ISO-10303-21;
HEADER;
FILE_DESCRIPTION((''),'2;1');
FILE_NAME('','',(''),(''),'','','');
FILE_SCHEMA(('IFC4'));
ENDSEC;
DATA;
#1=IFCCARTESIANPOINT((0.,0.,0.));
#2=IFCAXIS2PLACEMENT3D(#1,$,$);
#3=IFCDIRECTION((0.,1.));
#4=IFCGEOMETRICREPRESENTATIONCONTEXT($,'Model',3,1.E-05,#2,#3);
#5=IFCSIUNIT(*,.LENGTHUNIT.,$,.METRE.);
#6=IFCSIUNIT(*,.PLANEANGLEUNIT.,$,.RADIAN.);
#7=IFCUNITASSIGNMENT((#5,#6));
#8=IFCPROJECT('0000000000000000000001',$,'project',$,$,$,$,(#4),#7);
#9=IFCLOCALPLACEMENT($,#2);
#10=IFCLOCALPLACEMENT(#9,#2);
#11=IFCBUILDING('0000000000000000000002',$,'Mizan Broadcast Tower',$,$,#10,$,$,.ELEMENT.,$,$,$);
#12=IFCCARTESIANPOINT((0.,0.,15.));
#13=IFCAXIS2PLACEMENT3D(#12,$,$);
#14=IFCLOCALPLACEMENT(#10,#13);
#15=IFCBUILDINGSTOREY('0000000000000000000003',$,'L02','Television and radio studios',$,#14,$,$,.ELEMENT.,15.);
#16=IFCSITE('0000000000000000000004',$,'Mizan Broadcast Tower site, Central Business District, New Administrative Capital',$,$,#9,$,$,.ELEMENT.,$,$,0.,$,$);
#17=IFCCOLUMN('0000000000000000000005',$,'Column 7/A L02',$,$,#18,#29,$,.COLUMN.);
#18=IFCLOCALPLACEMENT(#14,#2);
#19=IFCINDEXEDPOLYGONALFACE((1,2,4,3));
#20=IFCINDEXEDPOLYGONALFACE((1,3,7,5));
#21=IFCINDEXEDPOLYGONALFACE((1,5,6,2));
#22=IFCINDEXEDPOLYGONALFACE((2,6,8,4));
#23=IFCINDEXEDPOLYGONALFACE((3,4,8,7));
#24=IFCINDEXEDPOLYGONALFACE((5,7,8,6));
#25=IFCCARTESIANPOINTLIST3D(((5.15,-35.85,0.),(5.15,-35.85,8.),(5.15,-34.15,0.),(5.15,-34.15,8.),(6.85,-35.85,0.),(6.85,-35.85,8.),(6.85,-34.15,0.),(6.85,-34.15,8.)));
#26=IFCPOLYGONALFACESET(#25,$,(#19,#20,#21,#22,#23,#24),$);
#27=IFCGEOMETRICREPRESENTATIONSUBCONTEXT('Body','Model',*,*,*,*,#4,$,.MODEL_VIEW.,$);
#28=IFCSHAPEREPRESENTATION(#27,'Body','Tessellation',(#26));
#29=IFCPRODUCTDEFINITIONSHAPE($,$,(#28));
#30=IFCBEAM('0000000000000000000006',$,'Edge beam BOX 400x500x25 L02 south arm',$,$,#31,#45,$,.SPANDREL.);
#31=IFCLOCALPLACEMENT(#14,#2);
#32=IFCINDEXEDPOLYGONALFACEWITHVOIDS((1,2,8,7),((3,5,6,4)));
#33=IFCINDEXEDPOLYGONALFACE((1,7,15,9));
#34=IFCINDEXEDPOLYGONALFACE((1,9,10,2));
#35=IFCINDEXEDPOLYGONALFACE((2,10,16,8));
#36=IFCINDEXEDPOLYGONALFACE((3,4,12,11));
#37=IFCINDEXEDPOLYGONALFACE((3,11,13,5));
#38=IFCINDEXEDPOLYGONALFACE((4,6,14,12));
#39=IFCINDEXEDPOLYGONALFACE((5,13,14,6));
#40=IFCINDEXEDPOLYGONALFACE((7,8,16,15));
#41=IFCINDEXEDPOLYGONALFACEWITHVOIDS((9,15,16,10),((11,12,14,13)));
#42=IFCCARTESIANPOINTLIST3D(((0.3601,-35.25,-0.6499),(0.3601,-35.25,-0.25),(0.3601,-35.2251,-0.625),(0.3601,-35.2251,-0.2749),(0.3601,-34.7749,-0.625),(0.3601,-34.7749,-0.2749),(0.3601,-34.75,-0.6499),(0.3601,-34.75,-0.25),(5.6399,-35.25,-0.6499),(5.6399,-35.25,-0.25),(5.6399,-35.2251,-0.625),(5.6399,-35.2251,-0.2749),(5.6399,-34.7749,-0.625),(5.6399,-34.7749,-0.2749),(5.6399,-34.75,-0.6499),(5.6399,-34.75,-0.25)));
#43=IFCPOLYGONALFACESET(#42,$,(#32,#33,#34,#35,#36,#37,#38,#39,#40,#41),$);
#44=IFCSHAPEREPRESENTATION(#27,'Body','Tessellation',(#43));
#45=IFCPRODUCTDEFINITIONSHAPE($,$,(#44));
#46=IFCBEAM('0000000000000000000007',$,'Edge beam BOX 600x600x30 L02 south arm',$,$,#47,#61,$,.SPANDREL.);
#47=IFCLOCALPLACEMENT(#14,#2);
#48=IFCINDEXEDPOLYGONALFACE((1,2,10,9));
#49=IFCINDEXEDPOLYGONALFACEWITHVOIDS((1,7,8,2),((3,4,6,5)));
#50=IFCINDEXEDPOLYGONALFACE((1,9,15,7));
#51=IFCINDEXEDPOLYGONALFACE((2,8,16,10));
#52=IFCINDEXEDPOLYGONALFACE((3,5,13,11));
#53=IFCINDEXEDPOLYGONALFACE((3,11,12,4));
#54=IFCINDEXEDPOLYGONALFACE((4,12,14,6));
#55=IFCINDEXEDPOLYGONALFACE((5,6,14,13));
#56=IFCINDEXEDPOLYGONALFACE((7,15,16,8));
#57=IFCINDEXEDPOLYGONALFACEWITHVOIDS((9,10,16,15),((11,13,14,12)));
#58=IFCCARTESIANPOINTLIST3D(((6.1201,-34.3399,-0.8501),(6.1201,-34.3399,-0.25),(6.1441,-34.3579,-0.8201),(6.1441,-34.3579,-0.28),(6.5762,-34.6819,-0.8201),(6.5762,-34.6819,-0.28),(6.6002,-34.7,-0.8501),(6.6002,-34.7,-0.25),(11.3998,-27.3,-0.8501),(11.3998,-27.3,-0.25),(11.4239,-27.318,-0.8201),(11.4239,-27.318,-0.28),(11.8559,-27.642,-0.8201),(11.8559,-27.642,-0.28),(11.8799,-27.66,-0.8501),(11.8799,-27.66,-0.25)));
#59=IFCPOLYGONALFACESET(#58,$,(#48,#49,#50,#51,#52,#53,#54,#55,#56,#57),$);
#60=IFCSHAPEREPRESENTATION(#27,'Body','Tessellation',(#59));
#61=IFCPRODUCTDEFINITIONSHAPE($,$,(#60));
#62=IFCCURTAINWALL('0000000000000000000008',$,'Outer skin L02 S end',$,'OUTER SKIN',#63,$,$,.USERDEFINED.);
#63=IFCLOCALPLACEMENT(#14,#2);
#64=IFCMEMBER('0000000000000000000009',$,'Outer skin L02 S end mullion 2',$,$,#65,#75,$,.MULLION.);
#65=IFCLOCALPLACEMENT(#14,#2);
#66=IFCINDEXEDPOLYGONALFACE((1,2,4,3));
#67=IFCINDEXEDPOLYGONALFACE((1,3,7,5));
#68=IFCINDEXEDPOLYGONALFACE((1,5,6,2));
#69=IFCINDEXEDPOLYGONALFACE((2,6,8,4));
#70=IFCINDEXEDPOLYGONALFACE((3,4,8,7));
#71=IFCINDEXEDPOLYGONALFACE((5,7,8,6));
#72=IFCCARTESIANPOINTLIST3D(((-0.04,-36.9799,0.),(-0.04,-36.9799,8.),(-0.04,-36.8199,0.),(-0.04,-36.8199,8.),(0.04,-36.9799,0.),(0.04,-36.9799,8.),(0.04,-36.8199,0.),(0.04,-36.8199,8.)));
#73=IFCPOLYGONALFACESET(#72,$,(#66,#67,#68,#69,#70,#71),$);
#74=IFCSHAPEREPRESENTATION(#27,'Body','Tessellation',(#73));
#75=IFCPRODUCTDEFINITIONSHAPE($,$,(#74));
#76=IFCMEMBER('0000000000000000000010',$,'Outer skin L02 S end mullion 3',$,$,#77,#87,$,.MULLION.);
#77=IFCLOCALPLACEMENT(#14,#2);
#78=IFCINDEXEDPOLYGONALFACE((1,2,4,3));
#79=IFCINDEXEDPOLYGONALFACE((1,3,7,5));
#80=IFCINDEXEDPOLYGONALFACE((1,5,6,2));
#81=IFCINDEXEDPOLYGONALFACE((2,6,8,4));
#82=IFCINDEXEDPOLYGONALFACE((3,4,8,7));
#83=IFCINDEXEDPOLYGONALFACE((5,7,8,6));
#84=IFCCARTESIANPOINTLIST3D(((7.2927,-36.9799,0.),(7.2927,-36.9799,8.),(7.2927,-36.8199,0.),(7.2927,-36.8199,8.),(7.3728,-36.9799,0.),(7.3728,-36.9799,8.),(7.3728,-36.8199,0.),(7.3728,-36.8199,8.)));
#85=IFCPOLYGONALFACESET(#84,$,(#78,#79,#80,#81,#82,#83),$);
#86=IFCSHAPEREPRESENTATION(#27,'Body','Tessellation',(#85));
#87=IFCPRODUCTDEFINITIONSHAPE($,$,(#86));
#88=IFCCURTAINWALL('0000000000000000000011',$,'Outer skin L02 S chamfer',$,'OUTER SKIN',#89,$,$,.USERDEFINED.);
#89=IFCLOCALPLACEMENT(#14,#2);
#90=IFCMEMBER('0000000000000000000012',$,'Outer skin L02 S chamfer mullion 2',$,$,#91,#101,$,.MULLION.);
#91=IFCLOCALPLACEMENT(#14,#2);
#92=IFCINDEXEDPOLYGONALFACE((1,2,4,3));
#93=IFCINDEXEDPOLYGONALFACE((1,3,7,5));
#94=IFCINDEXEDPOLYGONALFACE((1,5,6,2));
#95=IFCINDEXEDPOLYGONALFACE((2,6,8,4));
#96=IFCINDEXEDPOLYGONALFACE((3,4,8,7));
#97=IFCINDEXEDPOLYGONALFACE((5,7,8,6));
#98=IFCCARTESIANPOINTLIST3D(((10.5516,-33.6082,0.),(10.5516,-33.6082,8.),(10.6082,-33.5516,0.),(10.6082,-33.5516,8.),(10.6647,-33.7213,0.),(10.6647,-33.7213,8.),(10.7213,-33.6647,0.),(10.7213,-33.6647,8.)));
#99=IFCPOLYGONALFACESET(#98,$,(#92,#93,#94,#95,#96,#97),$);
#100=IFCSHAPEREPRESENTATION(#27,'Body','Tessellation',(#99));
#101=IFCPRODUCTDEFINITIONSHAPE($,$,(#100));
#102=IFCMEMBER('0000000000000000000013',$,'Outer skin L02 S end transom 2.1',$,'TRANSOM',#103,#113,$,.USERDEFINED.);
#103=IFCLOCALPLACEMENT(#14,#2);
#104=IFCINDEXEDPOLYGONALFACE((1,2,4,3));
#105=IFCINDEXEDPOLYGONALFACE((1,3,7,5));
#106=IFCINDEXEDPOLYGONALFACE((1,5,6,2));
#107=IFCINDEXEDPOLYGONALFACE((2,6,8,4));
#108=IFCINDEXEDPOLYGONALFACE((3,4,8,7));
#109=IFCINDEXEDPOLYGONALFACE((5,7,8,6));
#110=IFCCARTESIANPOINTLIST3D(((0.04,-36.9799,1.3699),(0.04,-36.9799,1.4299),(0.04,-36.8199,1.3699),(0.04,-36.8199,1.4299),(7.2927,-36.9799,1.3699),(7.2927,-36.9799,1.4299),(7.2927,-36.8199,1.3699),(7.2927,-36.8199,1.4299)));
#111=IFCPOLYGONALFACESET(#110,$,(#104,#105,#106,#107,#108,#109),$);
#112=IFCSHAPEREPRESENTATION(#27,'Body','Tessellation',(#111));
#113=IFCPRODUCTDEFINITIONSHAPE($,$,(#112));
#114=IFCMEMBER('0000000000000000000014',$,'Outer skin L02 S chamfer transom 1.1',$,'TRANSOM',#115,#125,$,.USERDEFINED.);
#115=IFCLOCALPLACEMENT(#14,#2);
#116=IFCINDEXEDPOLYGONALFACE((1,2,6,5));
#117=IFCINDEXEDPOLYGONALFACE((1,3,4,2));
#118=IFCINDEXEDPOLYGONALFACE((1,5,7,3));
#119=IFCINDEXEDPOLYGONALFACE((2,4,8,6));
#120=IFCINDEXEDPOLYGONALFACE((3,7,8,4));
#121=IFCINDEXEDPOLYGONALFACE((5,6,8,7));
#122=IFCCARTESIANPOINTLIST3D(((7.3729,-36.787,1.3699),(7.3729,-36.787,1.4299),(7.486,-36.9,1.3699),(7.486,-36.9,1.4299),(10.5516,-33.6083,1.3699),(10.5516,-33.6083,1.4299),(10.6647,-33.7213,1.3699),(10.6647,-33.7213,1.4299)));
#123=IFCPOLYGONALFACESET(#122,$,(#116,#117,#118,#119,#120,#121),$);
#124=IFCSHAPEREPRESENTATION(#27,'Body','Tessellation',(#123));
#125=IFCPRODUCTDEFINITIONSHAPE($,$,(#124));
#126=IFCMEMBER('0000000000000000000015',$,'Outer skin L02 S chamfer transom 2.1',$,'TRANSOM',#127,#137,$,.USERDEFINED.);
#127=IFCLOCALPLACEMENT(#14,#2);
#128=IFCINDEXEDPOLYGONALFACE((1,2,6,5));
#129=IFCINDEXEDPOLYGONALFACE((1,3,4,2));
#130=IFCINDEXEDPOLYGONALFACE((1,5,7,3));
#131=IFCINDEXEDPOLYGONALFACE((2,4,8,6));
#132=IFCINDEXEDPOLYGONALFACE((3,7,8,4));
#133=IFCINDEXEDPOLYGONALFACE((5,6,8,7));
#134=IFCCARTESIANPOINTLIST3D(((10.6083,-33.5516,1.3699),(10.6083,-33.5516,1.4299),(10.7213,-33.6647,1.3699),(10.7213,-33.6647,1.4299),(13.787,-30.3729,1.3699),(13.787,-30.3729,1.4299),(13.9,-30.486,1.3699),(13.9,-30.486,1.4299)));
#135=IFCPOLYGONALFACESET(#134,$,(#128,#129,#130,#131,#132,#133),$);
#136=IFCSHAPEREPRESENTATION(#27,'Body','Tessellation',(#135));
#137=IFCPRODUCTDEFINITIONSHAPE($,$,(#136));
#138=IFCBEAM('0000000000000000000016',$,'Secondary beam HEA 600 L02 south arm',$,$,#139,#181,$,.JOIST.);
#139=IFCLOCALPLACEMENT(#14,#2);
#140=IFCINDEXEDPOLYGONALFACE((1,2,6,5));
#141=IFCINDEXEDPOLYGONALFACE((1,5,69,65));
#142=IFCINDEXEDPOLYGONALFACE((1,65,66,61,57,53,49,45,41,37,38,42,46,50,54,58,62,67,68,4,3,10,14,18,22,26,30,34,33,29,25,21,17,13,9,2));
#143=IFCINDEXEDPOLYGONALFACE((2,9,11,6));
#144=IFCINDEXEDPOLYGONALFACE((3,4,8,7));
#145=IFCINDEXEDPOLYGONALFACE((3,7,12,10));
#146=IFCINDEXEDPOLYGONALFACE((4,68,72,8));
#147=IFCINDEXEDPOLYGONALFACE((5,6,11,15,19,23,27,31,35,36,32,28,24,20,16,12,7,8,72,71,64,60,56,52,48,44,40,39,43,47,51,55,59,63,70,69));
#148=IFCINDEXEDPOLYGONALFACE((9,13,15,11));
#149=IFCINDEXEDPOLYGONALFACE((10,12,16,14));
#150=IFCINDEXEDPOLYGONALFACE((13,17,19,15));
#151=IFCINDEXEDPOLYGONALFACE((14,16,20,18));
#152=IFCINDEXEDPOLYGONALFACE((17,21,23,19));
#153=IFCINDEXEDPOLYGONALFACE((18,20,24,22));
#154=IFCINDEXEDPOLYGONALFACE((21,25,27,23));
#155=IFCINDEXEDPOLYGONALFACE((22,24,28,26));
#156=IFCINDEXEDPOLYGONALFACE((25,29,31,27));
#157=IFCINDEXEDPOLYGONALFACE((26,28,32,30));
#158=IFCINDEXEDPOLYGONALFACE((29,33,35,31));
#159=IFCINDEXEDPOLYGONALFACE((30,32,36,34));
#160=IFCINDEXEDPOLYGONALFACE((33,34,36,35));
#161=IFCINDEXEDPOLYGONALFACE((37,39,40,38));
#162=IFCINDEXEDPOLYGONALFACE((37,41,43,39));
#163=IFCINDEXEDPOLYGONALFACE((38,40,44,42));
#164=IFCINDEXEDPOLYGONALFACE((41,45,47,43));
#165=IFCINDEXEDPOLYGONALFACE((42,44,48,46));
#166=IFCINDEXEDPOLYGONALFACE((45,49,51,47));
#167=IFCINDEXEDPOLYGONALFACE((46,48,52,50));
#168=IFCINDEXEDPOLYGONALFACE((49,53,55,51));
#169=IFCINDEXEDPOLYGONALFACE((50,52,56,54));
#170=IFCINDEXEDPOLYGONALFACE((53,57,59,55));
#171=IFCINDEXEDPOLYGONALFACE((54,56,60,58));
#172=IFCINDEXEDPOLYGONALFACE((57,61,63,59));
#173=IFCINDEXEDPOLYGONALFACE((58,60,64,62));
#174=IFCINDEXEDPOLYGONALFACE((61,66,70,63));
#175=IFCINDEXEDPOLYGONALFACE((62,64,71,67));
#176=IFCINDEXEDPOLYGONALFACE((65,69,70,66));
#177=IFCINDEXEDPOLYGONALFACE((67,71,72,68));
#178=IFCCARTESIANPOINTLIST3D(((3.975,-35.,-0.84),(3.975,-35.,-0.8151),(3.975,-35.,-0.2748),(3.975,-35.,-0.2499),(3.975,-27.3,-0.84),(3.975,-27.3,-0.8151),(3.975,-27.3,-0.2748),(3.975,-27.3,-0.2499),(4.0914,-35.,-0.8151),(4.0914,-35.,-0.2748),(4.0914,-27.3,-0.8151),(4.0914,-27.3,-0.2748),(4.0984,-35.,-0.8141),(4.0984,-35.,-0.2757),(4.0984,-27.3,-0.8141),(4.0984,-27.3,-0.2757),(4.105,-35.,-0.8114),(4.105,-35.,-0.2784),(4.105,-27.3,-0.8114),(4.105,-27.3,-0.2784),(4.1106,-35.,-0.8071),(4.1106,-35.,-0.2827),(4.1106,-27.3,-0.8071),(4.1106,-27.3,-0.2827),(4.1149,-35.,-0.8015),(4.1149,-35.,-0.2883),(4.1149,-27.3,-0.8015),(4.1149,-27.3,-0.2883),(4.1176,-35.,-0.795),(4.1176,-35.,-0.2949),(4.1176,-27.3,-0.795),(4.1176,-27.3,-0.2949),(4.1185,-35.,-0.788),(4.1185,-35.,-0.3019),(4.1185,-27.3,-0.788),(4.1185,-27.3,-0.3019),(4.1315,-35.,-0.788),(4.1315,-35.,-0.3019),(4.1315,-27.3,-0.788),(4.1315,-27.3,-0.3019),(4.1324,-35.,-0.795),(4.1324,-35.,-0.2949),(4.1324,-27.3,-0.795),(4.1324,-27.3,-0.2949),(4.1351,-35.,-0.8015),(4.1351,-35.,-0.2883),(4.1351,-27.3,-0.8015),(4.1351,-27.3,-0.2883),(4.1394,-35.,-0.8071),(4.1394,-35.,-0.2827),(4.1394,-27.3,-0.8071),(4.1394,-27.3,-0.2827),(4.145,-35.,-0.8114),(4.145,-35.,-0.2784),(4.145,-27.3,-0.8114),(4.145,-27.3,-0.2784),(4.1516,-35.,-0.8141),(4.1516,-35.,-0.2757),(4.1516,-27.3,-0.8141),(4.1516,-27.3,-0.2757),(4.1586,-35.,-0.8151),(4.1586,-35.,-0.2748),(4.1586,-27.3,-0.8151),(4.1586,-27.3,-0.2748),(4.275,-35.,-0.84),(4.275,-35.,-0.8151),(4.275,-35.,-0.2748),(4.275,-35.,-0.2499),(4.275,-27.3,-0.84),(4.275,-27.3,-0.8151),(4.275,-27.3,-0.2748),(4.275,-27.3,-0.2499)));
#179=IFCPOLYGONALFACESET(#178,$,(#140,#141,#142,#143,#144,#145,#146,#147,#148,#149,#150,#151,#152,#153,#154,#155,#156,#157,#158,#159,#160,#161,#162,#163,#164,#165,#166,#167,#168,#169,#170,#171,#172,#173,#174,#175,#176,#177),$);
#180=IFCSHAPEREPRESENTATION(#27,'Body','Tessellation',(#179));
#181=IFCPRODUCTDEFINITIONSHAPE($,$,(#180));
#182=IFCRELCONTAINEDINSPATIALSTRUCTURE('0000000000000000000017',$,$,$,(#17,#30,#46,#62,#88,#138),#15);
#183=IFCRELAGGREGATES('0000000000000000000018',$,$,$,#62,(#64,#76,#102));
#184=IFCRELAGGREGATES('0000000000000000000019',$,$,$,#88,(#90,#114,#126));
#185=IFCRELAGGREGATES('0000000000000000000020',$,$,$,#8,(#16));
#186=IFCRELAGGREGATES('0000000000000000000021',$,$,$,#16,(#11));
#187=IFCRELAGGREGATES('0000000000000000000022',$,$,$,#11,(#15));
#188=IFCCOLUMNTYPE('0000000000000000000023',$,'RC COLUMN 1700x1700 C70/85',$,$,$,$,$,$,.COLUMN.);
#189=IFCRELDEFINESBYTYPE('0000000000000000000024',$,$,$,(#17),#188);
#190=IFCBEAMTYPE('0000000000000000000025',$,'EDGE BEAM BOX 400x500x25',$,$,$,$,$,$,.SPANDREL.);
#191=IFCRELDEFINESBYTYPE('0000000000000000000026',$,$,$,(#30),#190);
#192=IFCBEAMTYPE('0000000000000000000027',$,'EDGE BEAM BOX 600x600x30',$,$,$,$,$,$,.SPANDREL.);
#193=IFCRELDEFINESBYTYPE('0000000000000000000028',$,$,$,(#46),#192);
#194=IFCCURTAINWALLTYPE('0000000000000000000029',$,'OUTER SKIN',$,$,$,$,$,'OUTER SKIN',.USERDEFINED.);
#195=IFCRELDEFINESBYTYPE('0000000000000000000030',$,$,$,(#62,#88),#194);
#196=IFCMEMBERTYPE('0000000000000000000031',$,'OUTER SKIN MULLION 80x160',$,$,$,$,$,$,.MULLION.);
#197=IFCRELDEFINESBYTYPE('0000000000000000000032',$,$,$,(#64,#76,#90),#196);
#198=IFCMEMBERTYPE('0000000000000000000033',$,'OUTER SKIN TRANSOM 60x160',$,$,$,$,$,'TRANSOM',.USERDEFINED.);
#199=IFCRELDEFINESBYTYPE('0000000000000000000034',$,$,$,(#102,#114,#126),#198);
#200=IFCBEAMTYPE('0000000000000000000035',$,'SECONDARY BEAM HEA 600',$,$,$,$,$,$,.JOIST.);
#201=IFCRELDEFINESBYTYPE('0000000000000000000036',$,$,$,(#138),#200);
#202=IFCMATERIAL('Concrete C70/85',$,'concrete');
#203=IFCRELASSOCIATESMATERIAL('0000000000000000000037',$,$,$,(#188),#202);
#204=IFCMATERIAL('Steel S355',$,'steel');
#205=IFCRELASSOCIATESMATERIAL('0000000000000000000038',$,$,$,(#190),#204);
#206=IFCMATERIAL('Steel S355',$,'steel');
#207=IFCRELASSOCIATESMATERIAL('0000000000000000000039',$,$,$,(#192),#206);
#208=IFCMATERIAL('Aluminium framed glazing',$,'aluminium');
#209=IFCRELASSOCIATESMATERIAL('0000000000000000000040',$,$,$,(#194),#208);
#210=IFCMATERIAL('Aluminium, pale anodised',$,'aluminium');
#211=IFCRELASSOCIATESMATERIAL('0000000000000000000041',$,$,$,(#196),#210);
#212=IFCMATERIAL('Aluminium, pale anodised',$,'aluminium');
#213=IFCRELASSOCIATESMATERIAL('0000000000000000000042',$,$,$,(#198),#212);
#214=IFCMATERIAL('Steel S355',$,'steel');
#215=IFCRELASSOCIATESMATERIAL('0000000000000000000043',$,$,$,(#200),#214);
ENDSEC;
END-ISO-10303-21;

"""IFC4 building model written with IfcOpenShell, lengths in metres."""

from ifc_helpers import new_model, si_unit, direction, frame, origin, origin_2d, place, context, subcontext, project, spatial, rectangle, hollow_rectangle, i_section, extrude, material, material_profile, profile_set, type_object, element, aggregate, save


model = new_model("IFC4")

# Units and contexts
model_context = context("Model", 3, precision=1e-05, world=origin(), true_north=direction((0.0, 1.0)))
body_context = subcontext(model_context, "Body", "Model", "MODEL_VIEW")
ifc_project = project(units=[si_unit("LENGTHUNIT", "METRE"), si_unit("PLANEANGLEUNIT", "RADIAN")], contexts=[model_context])

# Site, building, storey
site_placement = place(None, origin())
site = spatial("IfcSite", under=ifc_project, at=site_placement, Name="Mizan Broadcast Tower site, Central Business District, New Administrative Capital", CompositionType="ELEMENT", RefElevation=0.0)
building_placement = place(site_placement, origin())
building = spatial("IfcBuilding", under=site, at=building_placement, Name="Mizan Broadcast Tower", CompositionType="ELEMENT")
storey_placement = place(building_placement, frame((0.0, 0.0, 15.0)))
storey = spatial("IfcBuildingStorey", under=building, at=storey_placement, Name="L02", Description="Television and radio studios", CompositionType="ELEMENT", Elevation=15.0)

# Column
ifc_material_1 = material(Name="Concrete C70/85", Category="concrete")
ifc_material_profile_1 = material_profile(ifc_material_1, rectangle(XDim=1.7, YDim=1.7, at=origin_2d()), Name="RC 1700x1700")
ifc_profile_set_1 = profile_set([ifc_material_profile_1], Name="Concrete C70/85")
column_type = type_object("IfcColumnType", Name="RC COLUMN 1700x1700 C70/85", PredefinedType="COLUMN", material=ifc_profile_set_1)
column_placement = place(storey_placement, frame((6.0, -35.0, 0.0), z_axis=(0.0, 0.0, 1.0), x_axis=(1.0, 0.0, 0.0)))
element("IfcColumn", 1, at=column_placement, inside=storey, type_object=column_type, Name="Column 7/A L02", PredefinedType="COLUMN", context=body_context, shape_type="SweptSolid", body=[
    extrude(rectangle(XDim=1.7, YDim=1.7, at=origin_2d()), origin(), (0.0, 0.0, 1.0), 8.0),
])

# Beams
ifc_material_2 = material(Name="Steel S355", Category="steel")
ifc_material_profile_2 = material_profile(ifc_material_2, hollow_rectangle(XDim=0.5, YDim=0.3999, WallThickness=0.0249, at=origin_2d()), Name="BOX 400x500x25")
ifc_profile_set_2 = profile_set([ifc_material_profile_2], Name="Steel S355")
beam_type_1 = type_object("IfcBeamType", Name="EDGE BEAM BOX 400x500x25", PredefinedType="SPANDREL", material=ifc_profile_set_2)
beam_1_placement = place(storey_placement, frame((5.6399, -35.0, -0.45), z_axis=(-1.0, 0.0, 0.0), x_axis=(0.0, -1.0, 0.0)))
element("IfcBeam", 2, at=beam_1_placement, inside=storey, type_object=beam_type_1, Name="Edge beam BOX 400x500x25 L02 south arm", PredefinedType="SPANDREL", context=body_context, shape_type="SweptSolid", body=[
    extrude(hollow_rectangle(XDim=0.5, YDim=0.3999, WallThickness=0.0249, at=origin_2d()), origin(), (0.0, 0.0, 1.0), 5.2798),
])
ifc_material_3 = material(Name="Steel S355", Category="steel")
ifc_material_profile_3 = material_profile(ifc_material_3, hollow_rectangle(XDim=0.6001, YDim=0.6001, WallThickness=0.03, at=origin_2d()), Name="BOX 600x600x30")
ifc_profile_set_3 = profile_set([ifc_material_profile_3], Name="Steel S355")
beam_type_2 = type_object("IfcBeamType", Name="EDGE BEAM BOX 600x600x30", PredefinedType="SPANDREL", material=ifc_profile_set_3)
beam_2_placement = place(storey_placement, frame((11.6399, -27.48, -0.55), z_axis=(-0.599982, -0.800013, 0.0), x_axis=(0.800013, -0.599982, 0.0)))
element("IfcBeam", 3, at=beam_2_placement, inside=storey, type_object=beam_type_2, Name="Edge beam BOX 600x600x30 L02 south arm", PredefinedType="SPANDREL", context=body_context, shape_type="SweptSolid", body=[
    extrude(hollow_rectangle(XDim=0.6001, YDim=0.6001, WallThickness=0.03, at=origin_2d()), origin(), (0.0, 0.0, 1.0), 8.7998),
])

# Curtain wall, members
ifc_material_4 = material(Name="Aluminium framed glazing", Category="aluminium")
curtain_wall_type = type_object("IfcCurtainWallType", Name="OUTER SKIN", ElementType="OUTER SKIN", PredefinedType="USERDEFINED", material=ifc_material_4)
curtain_wall_1_placement = place(storey_placement, origin())
curtain_wall_1 = element("IfcCurtainWall", 4, at=curtain_wall_1_placement, inside=storey, type_object=curtain_wall_type, Name="Outer skin L02 S end", ObjectType="OUTER SKIN", PredefinedType="USERDEFINED")
ifc_material_5 = material(Name="Aluminium, pale anodised", Category="aluminium")
ifc_material_profile_4 = material_profile(ifc_material_5, rectangle(XDim=0.1599, YDim=0.0801, at=origin_2d()), Name="MULLION 160x80")
ifc_profile_set_4 = profile_set([ifc_material_profile_4], Name="Aluminium, pale anodised")
member_type_1 = type_object("IfcMemberType", Name="OUTER SKIN MULLION 80x160", PredefinedType="MULLION", material=ifc_profile_set_4)
member_1_placement = place(storey_placement, frame((0.0, -36.8999, 0.0), z_axis=(0.0, 0.0, 1.0), x_axis=(0.0, 1.0, 0.0)))
member_1 = element("IfcMember", 5, at=member_1_placement, type_object=member_type_1, Name="Outer skin L02 S end mullion 2", PredefinedType="MULLION", context=body_context, shape_type="SweptSolid", body=[
    extrude(rectangle(XDim=0.1599, YDim=0.0801, at=origin_2d()), origin(), (0.0, 0.0, 1.0), 8.0),
])
member_2_placement = place(storey_placement, frame((7.3328, -36.8999, 0.0), z_axis=(0.0, 0.0, 1.0), x_axis=(0.0, 1.0, 0.0)))
member_2 = element("IfcMember", 6, at=member_2_placement, type_object=member_type_1, Name="Outer skin L02 S end mullion 3", PredefinedType="MULLION", context=body_context, shape_type="SweptSolid", body=[
    extrude(rectangle(XDim=0.1599, YDim=0.0801, at=origin_2d()), origin(), (0.0, 0.0, 1.0), 8.0),
])

# Curtain wall, member
curtain_wall_2_placement = place(storey_placement, origin())
curtain_wall_2 = element("IfcCurtainWall", 7, at=curtain_wall_2_placement, inside=storey, type_object=curtain_wall_type, Name="Outer skin L02 S chamfer", ObjectType="OUTER SKIN", PredefinedType="USERDEFINED")
member_3_placement = place(storey_placement, frame((10.6365, -33.6365, 0.0), z_axis=(0.0, 0.0, 1.0), x_axis=(-0.707107, 0.707107, 0.0)))
member_3 = element("IfcMember", 8, at=member_3_placement, type_object=member_type_1, Name="Outer skin L02 S chamfer mullion 2", PredefinedType="MULLION", context=body_context, shape_type="SweptSolid", body=[
    extrude(rectangle(XDim=0.1599, YDim=0.0801, at=origin_2d()), origin(), (0.0, 0.0, 1.0), 8.0),
])

# Members
ifc_material_6 = material(Name="Aluminium, pale anodised", Category="aluminium")
ifc_material_profile_5 = material_profile(ifc_material_6, rectangle(XDim=0.1599, YDim=0.0601, at=origin_2d()), Name="TRANSOM 160x60")
ifc_profile_set_5 = profile_set([ifc_material_profile_5], Name="Aluminium, pale anodised")
member_type_2 = type_object("IfcMemberType", Name="OUTER SKIN TRANSOM 60x160", ElementType="TRANSOM", PredefinedType="USERDEFINED", material=ifc_profile_set_5)
member_4_placement = place(storey_placement, frame((0.04, -36.8999, 1.3999), z_axis=(1.0, 0.0, 0.0), x_axis=(0.0, 1.0, 0.0)))
member_4 = element("IfcMember", 9, at=member_4_placement, type_object=member_type_2, Name="Outer skin L02 S end transom 2.1", ObjectType="TRANSOM", PredefinedType="USERDEFINED", context=body_context, shape_type="SweptSolid", body=[
    extrude(rectangle(XDim=0.1599, YDim=0.0601, at=origin_2d()), origin(), (0.0, 0.0, 1.0), 7.2527),
])
member_5_placement = place(storey_placement, frame((7.4294, -36.8435, 1.3999), z_axis=(0.707107, 0.707107, 0.0), x_axis=(-0.707107, 0.707107, 0.0)))
member_5 = element("IfcMember", 10, at=member_5_placement, type_object=member_type_2, Name="Outer skin L02 S chamfer transom 1.1", ObjectType="TRANSOM", PredefinedType="USERDEFINED", context=body_context, shape_type="SweptSolid", body=[
    extrude(rectangle(XDim=0.1599, YDim=0.0601, at=origin_2d()), origin(), (0.0, 0.0, 1.0), 4.4954),
])
member_6_placement = place(storey_placement, frame((10.6648, -33.6082, 1.3999), z_axis=(0.707107, 0.707107, 0.0), x_axis=(-0.707107, 0.707107, 0.0)))
member_6 = element("IfcMember", 11, at=member_6_placement, type_object=member_type_2, Name="Outer skin L02 S chamfer transom 2.1", ObjectType="TRANSOM", PredefinedType="USERDEFINED", context=body_context, shape_type="SweptSolid", body=[
    extrude(rectangle(XDim=0.1599, YDim=0.0601, at=origin_2d()), origin(), (0.0, 0.0, 1.0), 4.4954),
])

# Beam
ifc_material_7 = material(Name="Steel S355", Category="steel")
ifc_material_profile_6 = material_profile(ifc_material_7, i_section(OverallWidth=0.3, OverallDepth=0.5901, WebThickness=0.0129, FlangeThickness=0.0249, FilletRadius=0.0271, at=origin_2d()), Name="HEA 600")
ifc_profile_set_6 = profile_set([ifc_material_profile_6], Name="Steel S355")
beam_type_3 = type_object("IfcBeamType", Name="SECONDARY BEAM HEA 600", PredefinedType="JOIST", material=ifc_profile_set_6)
beam_3_placement = place(storey_placement, frame((4.125, -27.3, -0.5449), z_axis=(0.0, -1.0, 0.0), x_axis=(1.0, 0.0, 0.0)))
element("IfcBeam", 12, at=beam_3_placement, inside=storey, type_object=beam_type_3, Name="Secondary beam HEA 600 L02 south arm", PredefinedType="JOIST", context=body_context, shape_type="SweptSolid", body=[
    extrude(i_section(OverallWidth=0.3, OverallDepth=0.5901, WebThickness=0.0129, FlangeThickness=0.0249, FilletRadius=0.0271, at=origin_2d()), origin(), (0.0, 0.0, 1.0), 7.7),
])

aggregate(curtain_wall_1, [member_1, member_2, member_4])
aggregate(curtain_wall_2, [member_3, member_5, member_6])

save(model, "model.ifc")
